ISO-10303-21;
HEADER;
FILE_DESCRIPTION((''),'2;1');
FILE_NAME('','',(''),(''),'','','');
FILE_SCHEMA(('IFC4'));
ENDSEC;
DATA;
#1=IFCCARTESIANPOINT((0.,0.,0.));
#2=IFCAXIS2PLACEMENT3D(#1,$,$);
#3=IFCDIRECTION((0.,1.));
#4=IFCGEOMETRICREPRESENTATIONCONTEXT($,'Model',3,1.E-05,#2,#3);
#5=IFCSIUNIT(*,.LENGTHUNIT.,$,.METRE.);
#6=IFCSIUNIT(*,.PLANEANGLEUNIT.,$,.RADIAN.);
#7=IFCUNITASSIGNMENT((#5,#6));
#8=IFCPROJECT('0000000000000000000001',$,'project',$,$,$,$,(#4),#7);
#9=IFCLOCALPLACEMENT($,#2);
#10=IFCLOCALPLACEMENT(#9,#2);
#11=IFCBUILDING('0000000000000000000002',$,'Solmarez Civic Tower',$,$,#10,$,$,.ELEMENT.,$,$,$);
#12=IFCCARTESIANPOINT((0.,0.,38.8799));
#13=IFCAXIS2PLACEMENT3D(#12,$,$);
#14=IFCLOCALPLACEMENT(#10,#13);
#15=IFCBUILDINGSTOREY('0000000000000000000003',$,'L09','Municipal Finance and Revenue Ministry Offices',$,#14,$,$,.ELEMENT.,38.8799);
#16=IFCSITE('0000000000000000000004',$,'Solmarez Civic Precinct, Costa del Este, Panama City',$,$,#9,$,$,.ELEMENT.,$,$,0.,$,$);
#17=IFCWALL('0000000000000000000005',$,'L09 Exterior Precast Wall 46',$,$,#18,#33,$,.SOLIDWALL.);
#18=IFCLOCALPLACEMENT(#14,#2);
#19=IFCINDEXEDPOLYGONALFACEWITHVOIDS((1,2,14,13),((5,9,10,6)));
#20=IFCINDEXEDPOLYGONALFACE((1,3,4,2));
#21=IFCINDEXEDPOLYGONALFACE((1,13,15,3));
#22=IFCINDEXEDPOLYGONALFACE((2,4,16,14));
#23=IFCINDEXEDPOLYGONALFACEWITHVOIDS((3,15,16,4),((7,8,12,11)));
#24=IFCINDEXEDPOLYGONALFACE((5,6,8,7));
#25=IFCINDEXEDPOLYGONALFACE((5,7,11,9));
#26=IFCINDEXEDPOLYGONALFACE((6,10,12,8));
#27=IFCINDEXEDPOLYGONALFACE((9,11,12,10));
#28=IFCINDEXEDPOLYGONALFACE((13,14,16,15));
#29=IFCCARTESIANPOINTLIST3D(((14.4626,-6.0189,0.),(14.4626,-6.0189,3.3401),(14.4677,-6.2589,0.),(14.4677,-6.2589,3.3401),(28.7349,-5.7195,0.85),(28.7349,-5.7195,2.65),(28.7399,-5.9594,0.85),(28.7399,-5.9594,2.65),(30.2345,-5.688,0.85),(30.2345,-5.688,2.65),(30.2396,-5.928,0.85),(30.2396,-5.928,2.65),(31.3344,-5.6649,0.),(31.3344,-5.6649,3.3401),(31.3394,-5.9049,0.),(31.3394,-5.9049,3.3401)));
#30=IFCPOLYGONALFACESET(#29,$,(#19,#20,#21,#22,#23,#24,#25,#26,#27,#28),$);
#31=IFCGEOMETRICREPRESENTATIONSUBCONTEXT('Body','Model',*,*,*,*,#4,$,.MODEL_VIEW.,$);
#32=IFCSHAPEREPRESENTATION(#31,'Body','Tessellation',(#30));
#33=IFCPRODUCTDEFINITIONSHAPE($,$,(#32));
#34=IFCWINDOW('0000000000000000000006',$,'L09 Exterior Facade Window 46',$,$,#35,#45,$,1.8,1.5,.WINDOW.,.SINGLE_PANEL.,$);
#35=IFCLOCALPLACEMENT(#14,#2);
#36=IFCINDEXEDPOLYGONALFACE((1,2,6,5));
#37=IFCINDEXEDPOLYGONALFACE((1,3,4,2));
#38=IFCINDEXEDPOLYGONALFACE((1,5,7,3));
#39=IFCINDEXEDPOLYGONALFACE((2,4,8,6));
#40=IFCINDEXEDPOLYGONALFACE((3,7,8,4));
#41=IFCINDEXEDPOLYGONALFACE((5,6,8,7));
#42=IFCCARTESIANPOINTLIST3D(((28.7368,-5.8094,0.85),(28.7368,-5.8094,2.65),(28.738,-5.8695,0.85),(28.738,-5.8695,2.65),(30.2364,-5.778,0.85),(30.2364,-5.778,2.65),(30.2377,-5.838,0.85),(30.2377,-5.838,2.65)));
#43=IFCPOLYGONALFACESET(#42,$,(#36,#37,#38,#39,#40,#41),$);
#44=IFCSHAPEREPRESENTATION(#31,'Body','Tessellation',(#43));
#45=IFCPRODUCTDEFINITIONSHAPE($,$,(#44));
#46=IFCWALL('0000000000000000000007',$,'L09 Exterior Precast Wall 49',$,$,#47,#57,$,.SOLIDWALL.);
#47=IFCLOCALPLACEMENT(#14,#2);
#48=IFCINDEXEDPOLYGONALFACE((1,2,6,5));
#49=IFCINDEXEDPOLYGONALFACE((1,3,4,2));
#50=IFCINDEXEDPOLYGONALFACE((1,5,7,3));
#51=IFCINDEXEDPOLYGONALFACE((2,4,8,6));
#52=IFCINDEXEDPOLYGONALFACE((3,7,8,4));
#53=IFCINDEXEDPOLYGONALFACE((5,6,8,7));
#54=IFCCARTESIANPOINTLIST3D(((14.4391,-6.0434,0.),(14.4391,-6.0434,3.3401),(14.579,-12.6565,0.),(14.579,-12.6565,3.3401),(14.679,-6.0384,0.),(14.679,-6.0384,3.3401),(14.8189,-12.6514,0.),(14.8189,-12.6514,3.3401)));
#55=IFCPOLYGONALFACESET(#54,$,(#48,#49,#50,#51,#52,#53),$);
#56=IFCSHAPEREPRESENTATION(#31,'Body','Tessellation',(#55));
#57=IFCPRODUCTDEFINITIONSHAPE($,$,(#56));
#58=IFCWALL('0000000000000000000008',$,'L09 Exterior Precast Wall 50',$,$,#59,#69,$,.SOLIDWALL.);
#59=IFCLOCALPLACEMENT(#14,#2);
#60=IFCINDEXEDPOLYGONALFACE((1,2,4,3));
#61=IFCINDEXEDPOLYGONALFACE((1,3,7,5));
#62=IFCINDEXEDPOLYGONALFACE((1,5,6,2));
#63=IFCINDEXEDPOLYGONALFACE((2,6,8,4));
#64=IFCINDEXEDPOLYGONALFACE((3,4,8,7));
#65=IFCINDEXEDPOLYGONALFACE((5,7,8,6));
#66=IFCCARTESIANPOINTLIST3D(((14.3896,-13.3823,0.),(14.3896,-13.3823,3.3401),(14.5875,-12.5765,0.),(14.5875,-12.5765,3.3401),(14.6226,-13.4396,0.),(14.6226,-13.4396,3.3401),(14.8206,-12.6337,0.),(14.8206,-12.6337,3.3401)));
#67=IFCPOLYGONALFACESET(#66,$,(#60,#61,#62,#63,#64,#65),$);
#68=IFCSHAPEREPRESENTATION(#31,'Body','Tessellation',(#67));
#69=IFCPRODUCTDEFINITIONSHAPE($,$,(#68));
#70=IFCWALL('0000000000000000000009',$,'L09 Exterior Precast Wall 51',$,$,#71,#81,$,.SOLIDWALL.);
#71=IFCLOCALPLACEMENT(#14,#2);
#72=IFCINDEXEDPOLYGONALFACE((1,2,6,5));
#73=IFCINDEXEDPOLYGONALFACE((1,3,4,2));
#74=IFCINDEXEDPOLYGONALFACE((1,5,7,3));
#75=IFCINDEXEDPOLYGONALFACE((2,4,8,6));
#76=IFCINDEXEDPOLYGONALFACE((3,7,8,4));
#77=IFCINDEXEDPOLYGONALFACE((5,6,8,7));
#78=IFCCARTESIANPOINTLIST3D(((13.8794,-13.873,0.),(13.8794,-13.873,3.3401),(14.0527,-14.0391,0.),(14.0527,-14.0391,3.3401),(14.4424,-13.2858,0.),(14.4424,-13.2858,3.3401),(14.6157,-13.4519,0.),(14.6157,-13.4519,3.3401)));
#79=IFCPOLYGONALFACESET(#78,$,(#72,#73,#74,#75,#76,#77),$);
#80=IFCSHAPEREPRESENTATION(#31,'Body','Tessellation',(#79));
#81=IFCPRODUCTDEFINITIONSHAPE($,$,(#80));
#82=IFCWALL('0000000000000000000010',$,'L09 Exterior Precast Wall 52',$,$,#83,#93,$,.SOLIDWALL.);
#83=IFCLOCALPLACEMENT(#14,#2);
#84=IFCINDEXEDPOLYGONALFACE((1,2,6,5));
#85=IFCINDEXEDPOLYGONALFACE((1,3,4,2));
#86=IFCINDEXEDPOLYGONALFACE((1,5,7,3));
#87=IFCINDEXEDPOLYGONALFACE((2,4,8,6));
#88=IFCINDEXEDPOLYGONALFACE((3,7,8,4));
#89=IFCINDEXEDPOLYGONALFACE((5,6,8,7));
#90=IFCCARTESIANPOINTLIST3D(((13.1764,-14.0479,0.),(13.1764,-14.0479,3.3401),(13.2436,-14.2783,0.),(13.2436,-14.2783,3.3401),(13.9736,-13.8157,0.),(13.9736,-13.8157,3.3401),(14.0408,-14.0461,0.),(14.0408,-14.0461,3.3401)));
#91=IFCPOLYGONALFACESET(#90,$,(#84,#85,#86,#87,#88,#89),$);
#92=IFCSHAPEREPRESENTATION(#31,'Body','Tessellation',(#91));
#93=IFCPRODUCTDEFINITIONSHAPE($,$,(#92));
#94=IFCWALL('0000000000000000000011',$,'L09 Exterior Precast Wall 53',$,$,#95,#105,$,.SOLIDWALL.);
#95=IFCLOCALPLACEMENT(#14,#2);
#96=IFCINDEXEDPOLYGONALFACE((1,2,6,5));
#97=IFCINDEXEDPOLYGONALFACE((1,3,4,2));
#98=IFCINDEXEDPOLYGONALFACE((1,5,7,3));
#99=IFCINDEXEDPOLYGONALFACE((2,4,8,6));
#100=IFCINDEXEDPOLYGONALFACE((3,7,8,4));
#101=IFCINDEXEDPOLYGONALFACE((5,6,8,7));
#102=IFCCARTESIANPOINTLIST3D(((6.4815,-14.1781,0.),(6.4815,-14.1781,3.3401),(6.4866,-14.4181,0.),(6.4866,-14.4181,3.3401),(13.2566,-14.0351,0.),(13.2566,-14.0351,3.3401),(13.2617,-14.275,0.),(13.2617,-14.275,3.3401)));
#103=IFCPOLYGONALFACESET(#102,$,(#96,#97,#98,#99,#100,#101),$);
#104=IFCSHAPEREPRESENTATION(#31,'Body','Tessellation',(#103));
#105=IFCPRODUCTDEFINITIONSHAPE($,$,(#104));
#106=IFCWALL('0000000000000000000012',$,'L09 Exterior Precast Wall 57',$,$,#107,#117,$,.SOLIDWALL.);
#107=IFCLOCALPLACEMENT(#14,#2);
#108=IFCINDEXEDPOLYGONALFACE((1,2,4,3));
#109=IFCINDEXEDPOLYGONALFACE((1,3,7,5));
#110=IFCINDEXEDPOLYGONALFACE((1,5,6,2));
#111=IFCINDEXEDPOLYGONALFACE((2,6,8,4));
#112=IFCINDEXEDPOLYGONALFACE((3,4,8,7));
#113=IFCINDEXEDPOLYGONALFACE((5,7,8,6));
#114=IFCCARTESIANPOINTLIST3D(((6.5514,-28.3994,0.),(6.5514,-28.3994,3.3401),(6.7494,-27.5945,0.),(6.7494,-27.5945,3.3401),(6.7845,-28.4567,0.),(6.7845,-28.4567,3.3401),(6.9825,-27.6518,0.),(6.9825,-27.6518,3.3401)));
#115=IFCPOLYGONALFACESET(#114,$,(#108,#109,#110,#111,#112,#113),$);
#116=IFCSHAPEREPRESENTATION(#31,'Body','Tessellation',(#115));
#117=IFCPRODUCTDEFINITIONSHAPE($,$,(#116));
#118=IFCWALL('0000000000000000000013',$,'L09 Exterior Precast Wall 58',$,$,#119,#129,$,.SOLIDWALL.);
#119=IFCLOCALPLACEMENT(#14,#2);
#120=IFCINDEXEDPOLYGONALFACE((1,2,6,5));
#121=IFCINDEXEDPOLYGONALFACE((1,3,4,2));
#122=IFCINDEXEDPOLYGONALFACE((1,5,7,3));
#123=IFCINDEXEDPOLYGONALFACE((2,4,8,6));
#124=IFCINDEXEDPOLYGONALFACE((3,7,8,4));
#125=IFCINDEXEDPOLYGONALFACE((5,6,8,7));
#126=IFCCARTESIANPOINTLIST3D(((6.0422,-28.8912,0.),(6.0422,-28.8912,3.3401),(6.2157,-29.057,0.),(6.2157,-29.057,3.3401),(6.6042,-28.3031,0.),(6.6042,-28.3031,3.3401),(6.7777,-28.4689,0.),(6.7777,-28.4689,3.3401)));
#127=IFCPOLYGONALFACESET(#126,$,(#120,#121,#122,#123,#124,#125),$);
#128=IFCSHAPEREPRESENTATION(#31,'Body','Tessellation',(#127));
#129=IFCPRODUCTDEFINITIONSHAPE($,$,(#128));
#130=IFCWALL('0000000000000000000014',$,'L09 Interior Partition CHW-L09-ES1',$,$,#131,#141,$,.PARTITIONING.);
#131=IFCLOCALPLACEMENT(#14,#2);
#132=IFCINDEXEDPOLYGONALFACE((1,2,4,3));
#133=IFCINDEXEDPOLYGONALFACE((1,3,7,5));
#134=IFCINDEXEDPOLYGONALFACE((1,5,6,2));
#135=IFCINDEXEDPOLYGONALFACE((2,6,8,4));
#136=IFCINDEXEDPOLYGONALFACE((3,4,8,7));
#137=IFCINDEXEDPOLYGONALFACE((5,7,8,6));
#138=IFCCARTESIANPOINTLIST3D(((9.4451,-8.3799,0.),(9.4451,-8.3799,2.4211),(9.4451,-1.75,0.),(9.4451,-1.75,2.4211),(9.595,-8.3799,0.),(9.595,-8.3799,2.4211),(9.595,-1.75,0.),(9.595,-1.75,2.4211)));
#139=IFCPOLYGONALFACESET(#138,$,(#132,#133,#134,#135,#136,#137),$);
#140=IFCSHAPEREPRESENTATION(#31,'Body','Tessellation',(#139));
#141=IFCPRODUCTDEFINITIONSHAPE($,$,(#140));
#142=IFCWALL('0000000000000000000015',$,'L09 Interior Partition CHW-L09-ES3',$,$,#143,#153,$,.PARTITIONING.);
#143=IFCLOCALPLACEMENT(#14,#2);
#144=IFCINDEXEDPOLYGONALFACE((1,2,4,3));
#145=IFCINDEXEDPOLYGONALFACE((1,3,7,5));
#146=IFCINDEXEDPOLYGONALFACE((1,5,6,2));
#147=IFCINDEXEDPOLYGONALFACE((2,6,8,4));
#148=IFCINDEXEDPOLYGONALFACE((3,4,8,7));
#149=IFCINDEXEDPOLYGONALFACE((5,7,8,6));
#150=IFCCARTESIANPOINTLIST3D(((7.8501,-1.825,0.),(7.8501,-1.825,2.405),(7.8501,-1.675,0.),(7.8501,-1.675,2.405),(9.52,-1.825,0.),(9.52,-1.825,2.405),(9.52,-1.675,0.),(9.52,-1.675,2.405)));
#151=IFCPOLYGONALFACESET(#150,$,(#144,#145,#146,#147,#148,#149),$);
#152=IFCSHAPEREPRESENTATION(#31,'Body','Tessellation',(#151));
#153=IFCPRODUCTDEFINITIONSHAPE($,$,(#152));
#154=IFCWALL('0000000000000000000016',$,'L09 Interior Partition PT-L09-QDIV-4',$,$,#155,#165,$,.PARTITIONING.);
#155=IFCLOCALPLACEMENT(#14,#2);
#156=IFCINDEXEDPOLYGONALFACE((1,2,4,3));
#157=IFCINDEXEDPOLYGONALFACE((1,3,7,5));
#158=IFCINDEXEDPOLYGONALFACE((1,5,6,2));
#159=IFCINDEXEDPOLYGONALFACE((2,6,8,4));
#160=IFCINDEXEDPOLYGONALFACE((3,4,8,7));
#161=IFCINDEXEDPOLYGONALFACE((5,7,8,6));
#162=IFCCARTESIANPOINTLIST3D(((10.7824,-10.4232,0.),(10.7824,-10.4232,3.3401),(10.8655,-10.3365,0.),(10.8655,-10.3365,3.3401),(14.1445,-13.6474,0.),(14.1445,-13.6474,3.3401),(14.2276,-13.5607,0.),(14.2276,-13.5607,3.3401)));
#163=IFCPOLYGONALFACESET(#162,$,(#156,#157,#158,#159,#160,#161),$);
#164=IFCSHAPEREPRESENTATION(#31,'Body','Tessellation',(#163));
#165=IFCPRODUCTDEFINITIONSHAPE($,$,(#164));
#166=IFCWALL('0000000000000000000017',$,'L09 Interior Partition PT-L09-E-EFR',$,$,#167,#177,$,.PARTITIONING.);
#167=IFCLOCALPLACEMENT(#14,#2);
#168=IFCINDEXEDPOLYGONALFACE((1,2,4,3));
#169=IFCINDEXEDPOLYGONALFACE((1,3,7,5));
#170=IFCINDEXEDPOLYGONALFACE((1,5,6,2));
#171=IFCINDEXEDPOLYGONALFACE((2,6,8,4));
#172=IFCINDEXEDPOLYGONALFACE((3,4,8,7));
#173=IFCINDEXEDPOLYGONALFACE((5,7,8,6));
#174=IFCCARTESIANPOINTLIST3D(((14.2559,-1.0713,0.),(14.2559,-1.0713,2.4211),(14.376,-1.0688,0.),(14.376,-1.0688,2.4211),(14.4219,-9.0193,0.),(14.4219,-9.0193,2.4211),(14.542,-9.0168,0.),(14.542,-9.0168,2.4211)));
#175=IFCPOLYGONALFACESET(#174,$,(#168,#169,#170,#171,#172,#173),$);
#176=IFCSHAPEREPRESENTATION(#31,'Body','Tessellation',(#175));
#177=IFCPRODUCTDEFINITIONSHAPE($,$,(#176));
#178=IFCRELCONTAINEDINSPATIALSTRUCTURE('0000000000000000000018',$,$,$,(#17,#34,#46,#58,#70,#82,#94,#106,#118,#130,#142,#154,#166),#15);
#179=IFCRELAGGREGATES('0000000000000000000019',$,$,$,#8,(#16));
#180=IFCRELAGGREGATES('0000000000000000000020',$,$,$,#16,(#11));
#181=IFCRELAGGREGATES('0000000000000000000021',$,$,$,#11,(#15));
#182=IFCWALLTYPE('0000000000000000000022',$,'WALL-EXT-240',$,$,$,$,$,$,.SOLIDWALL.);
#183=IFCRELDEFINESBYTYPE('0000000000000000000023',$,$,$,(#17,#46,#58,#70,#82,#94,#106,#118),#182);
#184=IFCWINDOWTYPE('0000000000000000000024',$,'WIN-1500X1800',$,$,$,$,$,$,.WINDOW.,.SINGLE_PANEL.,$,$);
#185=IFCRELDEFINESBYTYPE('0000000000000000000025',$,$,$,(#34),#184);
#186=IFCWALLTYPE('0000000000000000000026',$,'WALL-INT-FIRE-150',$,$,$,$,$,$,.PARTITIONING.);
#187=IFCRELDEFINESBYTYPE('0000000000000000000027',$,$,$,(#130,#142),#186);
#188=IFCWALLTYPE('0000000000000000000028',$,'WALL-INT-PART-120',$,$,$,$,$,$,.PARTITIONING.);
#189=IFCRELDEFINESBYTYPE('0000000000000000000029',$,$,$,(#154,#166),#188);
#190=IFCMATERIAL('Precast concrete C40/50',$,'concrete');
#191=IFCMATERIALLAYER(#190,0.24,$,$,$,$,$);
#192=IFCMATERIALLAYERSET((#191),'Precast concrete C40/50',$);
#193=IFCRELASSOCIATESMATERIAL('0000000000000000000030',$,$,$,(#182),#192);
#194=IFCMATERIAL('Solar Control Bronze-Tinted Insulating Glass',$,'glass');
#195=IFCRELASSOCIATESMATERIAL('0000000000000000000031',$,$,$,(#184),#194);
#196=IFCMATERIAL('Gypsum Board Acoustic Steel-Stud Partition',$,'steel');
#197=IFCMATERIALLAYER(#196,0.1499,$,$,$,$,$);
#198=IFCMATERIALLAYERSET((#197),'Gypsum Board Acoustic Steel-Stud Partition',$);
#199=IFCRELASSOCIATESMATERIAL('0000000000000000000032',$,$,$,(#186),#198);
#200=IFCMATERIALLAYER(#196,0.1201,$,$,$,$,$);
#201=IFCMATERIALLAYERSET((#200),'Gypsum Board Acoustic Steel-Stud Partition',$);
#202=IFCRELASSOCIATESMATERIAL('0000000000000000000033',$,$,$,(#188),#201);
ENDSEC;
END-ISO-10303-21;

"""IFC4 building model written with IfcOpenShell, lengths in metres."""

from ifc_helpers import new_model, si_unit, direction, frame, frame_2d, origin, place, context, subcontext, project, spatial, rectangle, extrude, material, layer, layer_set, type_object, element, fill, save


model = new_model("IFC4")

# Units and contexts
model_context = context("Model", 3, precision=1e-05, world=origin(), true_north=direction((0.0, 1.0)))
body_context = subcontext(model_context, "Body", "Model", "MODEL_VIEW")
ifc_project = project(units=[si_unit("LENGTHUNIT", "METRE"), si_unit("PLANEANGLEUNIT", "RADIAN")], contexts=[model_context])

# Site, building, storey
site_placement = place(None, origin())
site = spatial("IfcSite", under=ifc_project, at=site_placement, Name="Solmarez Civic Precinct, Costa del Este, Panama City", CompositionType="ELEMENT", RefElevation=0.0)
building_placement = place(site_placement, origin())
building = spatial("IfcBuilding", under=site, at=building_placement, Name="Solmarez Civic Tower", CompositionType="ELEMENT")
storey_placement = place(building_placement, frame((0.0, 0.0, 38.8799)))
storey = spatial("IfcBuildingStorey", under=building, at=storey_placement, Name="L09", Description="Municipal Finance and Revenue Ministry Offices", CompositionType="ELEMENT", Elevation=38.8799)

# Shared definitions
ifc_material_1 = material(Name="Precast concrete C40/50", Category="concrete")
ifc_layer_1 = layer(ifc_material_1, 0.24)
ifc_layer_set_1 = layer_set([ifc_layer_1], Name="Precast concrete C40/50")
wall_type_1 = type_object("IfcWallType", Name="WALL-EXT-240", PredefinedType="SOLIDWALL", material=ifc_layer_set_1)

# Wall, opening, window
wall_1_placement = place(storey_placement, frame((31.3369, -5.7849, 0.0), z_axis=(0.0, 0.0, 1.0), x_axis=(-0.99978, -0.020977, 0.0)))
wall_1 = element("IfcWall", 1, at=wall_1_placement, inside=storey, type_object=wall_type_1, Name="L09 Exterior Precast Wall 46", PredefinedType="SOLIDWALL", context=body_context, shape_type="SweptSolid", body=[
    extrude(rectangle(XDim=16.8755, YDim=0.24, at=frame_2d((8.4377, 0.0))), origin(), (0.0, 0.0, 1.0), 3.3401),
])
opening_1_placement = place(wall_1_placement, frame((1.1001, 0.0, 0.8501)))
opening_1 = element("IfcOpeningElement", 2, at=opening_1_placement, cuts=wall_1, PredefinedType="OPENING", context=body_context, shape_type="SweptSolid", body=[
    extrude(rectangle(XDim=1.5, YDim=1.8, at=frame_2d((0.75, 0.8999))), frame((0.0, 0.1299, 0.0), z_axis=(0.0, -1.0, 0.0), x_axis=(1.0, 0.0, 0.0)), (0.0, 0.0, 1.0), 0.26),
])
ifc_material_2 = material(Name="Solar Control Bronze-Tinted Insulating Glass", Category="glass")
window_type = type_object("IfcWindowType", Name="WIN-1500X1800", PartitioningType="SINGLE_PANEL", PredefinedType="WINDOW", material=ifc_material_2)
window_placement = place(opening_1_placement, origin())
window = element("IfcWindow", 3, at=window_placement, inside=storey, type_object=window_type, Name="L09 Exterior Facade Window 46", OverallHeight=1.8, OverallWidth=1.5, PartitioningType="SINGLE_PANEL", PredefinedType="WINDOW", context=body_context, shape_type="SweptSolid", body=[
    extrude(rectangle(XDim=1.5, YDim=1.8, at=frame_2d((0.75, 0.8999))), frame((0.0, 0.03, 0.0), z_axis=(0.0, -1.0, 0.0), x_axis=(1.0, 0.0, 0.0)), (0.0, 0.0, 1.0), 0.0601),
])
fill(opening_1, window)

# Walls
wall_2_placement = place(storey_placement, frame((14.5591, -6.041, 0.0), z_axis=(0.0, 0.0, 1.0), x_axis=(0.021149, -0.999776, 0.0)))
element("IfcWall", 4, at=wall_2_placement, inside=storey, type_object=wall_type_1, Name="L09 Exterior Precast Wall 49", PredefinedType="SOLIDWALL", context=body_context, shape_type="SweptSolid", body=[
    extrude(rectangle(XDim=6.6145, YDim=0.24, at=frame_2d((3.3071, 0.0))), origin(), (0.0, 0.0, 1.0), 3.3401),
])
wall_3_placement = place(storey_placement, frame((14.7041, -12.605, 0.0), z_axis=(0.0, 0.0, 1.0), x_axis=(-0.238588, -0.971121, 0.0)))
element("IfcWall", 5, at=wall_3_placement, inside=storey, type_object=wall_type_1, Name="L09 Exterior Precast Wall 50", PredefinedType="SOLIDWALL", context=body_context, shape_type="SweptSolid", body=[
    extrude(rectangle(XDim=0.8298, YDim=0.24, at=frame_2d((0.415, 0.0))), origin(), (0.0, 0.0, 1.0), 3.3401),
])
wall_4_placement = place(storey_placement, frame((14.5291, -13.3689, 0.0), z_axis=(0.0, 0.0, 1.0), x_axis=(-0.692094, -0.721807, 0.0)))
element("IfcWall", 6, at=wall_4_placement, inside=storey, type_object=wall_type_1, Name="L09 Exterior Precast Wall 51", PredefinedType="SOLIDWALL", context=body_context, shape_type="SweptSolid", body=[
    extrude(rectangle(XDim=0.8135, YDim=0.24, at=frame_2d((0.4067, 0.0))), origin(), (0.0, 0.0, 1.0), 3.3401),
])
wall_5_placement = place(storey_placement, frame((14.0071, -13.9309, 0.0), z_axis=(0.0, 0.0, 1.0), x_axis=(-0.960102, -0.27965, 0.0)))
element("IfcWall", 7, at=wall_5_placement, inside=storey, type_object=wall_type_1, Name="L09 Exterior Precast Wall 52", PredefinedType="SOLIDWALL", context=body_context, shape_type="SweptSolid", body=[
    extrude(rectangle(XDim=0.8303, YDim=0.24, at=frame_2d((0.415, 0.0))), origin(), (0.0, 0.0, 1.0), 3.3401),
])
wall_6_placement = place(storey_placement, frame((13.259, -14.155, 0.0), z_axis=(0.0, 0.0, 1.0), x_axis=(-0.999777, -0.021112, 0.0)))
element("IfcWall", 8, at=wall_6_placement, inside=storey, type_object=wall_type_1, Name="L09 Exterior Precast Wall 53", PredefinedType="SOLIDWALL", context=body_context, shape_type="SweptSolid", body=[
    extrude(rectangle(XDim=6.7766, YDim=0.24, at=frame_2d((3.3882, 0.0))), origin(), (0.0, 0.0, 1.0), 3.3401),
])
wall_7_placement = place(storey_placement, frame((6.866, -27.623, 0.0), z_axis=(0.0, 0.0, 1.0), x_axis=(-0.238861, -0.971054, 0.0)))
element("IfcWall", 9, at=wall_7_placement, inside=storey, type_object=wall_type_1, Name="L09 Exterior Precast Wall 57", PredefinedType="SOLIDWALL", context=body_context, shape_type="SweptSolid", body=[
    extrude(rectangle(XDim=0.8289, YDim=0.24, at=frame_2d((0.4146, 0.0))), origin(), (0.0, 0.0, 1.0), 3.3401),
])
wall_8_placement = place(storey_placement, frame((6.6909, -28.386, 0.0), z_axis=(0.0, 0.0, 1.0), x_axis=(-0.690868, -0.722981, 0.0)))
element("IfcWall", 10, at=wall_8_placement, inside=storey, type_object=wall_type_1, Name="L09 Exterior Precast Wall 58", PredefinedType="SOLIDWALL", context=body_context, shape_type="SweptSolid", body=[
    extrude(rectangle(XDim=0.8135, YDim=0.24, at=frame_2d((0.4067, 0.0))), origin(), (0.0, 0.0, 1.0), 3.3401),
])
ifc_material_3 = material(Name="Gypsum Board Acoustic Steel-Stud Partition", Category="steel")
ifc_layer_2 = layer(ifc_material_3, 0.1499)
ifc_layer_set_2 = layer_set([ifc_layer_2], Name="Gypsum Board Acoustic Steel-Stud Partition")
wall_type_2 = type_object("IfcWallType", Name="WALL-INT-FIRE-150", PredefinedType="PARTITIONING", material=ifc_layer_set_2)
wall_9_placement = place(storey_placement, frame((9.52, -8.3799, 0.0), z_axis=(0.0, 0.0, 1.0), x_axis=(0.0, 1.0, 0.0)))
element("IfcWall", 11, at=wall_9_placement, inside=storey, type_object=wall_type_2, Name="L09 Interior Partition CHW-L09-ES1", PredefinedType="PARTITIONING", context=body_context, shape_type="SweptSolid", body=[
    extrude(rectangle(XDim=6.6299, YDim=0.1499, at=frame_2d((3.3149, 0.0))), origin(), (0.0, 0.0, 1.0), 2.4211),
])
wall_10_placement = place(storey_placement, frame((7.8501, -1.75, 0.0), z_axis=(0.0, 0.0, 1.0), x_axis=(1.0, 0.0, 0.0)))
element("IfcWall", 12, at=wall_10_placement, inside=storey, type_object=wall_type_2, Name="L09 Interior Partition CHW-L09-ES3", PredefinedType="PARTITIONING", context=body_context, shape_type="SweptSolid", body=[
    extrude(rectangle(XDim=1.6699, YDim=0.1499, at=frame_2d((0.835, 0.0))), origin(), (0.0, 0.0, 1.0), 2.405),
])
ifc_layer_3 = layer(ifc_material_3, 0.1201)
ifc_layer_set_3 = layer_set([ifc_layer_3], Name="Gypsum Board Acoustic Steel-Stud Partition")
wall_type_3 = type_object("IfcWallType", Name="WALL-INT-PART-120", PredefinedType="PARTITIONING", material=ifc_layer_set_3)
wall_11_placement = place(storey_placement, frame((10.824, -10.3799, 0.0), z_axis=(0.0, 0.0, 1.0), x_axis=(0.721758, -0.692146, 0.0)))
element("IfcWall", 13, at=wall_11_placement, inside=storey, type_object=wall_type_3, Name="L09 Interior Partition PT-L09-QDIV-4", PredefinedType="PARTITIONING", context=body_context, shape_type="SweptSolid", body=[
    extrude(rectangle(XDim=4.6582, YDim=0.1201, at=frame_2d((2.3291, 0.0))), origin(), (0.0, 0.0, 1.0), 3.3401),
])
wall_12_placement = place(storey_placement, frame((14.4819, -9.0181, 0.0), z_axis=(0.0, 0.0, 1.0), x_axis=(-0.020883, 0.999782, 0.0)))
element("IfcWall", 14, at=wall_12_placement, inside=storey, type_object=wall_type_3, Name="L09 Interior Partition PT-L09-E-EFR", PredefinedType="PARTITIONING", context=body_context, shape_type="SweptSolid", body=[
    extrude(rectangle(XDim=7.9497, YDim=0.1201, at=frame_2d((3.9749, 0.0))), origin(), (0.0, 0.0, 1.0), 2.4211),
])

save(model, "model.ifc")
